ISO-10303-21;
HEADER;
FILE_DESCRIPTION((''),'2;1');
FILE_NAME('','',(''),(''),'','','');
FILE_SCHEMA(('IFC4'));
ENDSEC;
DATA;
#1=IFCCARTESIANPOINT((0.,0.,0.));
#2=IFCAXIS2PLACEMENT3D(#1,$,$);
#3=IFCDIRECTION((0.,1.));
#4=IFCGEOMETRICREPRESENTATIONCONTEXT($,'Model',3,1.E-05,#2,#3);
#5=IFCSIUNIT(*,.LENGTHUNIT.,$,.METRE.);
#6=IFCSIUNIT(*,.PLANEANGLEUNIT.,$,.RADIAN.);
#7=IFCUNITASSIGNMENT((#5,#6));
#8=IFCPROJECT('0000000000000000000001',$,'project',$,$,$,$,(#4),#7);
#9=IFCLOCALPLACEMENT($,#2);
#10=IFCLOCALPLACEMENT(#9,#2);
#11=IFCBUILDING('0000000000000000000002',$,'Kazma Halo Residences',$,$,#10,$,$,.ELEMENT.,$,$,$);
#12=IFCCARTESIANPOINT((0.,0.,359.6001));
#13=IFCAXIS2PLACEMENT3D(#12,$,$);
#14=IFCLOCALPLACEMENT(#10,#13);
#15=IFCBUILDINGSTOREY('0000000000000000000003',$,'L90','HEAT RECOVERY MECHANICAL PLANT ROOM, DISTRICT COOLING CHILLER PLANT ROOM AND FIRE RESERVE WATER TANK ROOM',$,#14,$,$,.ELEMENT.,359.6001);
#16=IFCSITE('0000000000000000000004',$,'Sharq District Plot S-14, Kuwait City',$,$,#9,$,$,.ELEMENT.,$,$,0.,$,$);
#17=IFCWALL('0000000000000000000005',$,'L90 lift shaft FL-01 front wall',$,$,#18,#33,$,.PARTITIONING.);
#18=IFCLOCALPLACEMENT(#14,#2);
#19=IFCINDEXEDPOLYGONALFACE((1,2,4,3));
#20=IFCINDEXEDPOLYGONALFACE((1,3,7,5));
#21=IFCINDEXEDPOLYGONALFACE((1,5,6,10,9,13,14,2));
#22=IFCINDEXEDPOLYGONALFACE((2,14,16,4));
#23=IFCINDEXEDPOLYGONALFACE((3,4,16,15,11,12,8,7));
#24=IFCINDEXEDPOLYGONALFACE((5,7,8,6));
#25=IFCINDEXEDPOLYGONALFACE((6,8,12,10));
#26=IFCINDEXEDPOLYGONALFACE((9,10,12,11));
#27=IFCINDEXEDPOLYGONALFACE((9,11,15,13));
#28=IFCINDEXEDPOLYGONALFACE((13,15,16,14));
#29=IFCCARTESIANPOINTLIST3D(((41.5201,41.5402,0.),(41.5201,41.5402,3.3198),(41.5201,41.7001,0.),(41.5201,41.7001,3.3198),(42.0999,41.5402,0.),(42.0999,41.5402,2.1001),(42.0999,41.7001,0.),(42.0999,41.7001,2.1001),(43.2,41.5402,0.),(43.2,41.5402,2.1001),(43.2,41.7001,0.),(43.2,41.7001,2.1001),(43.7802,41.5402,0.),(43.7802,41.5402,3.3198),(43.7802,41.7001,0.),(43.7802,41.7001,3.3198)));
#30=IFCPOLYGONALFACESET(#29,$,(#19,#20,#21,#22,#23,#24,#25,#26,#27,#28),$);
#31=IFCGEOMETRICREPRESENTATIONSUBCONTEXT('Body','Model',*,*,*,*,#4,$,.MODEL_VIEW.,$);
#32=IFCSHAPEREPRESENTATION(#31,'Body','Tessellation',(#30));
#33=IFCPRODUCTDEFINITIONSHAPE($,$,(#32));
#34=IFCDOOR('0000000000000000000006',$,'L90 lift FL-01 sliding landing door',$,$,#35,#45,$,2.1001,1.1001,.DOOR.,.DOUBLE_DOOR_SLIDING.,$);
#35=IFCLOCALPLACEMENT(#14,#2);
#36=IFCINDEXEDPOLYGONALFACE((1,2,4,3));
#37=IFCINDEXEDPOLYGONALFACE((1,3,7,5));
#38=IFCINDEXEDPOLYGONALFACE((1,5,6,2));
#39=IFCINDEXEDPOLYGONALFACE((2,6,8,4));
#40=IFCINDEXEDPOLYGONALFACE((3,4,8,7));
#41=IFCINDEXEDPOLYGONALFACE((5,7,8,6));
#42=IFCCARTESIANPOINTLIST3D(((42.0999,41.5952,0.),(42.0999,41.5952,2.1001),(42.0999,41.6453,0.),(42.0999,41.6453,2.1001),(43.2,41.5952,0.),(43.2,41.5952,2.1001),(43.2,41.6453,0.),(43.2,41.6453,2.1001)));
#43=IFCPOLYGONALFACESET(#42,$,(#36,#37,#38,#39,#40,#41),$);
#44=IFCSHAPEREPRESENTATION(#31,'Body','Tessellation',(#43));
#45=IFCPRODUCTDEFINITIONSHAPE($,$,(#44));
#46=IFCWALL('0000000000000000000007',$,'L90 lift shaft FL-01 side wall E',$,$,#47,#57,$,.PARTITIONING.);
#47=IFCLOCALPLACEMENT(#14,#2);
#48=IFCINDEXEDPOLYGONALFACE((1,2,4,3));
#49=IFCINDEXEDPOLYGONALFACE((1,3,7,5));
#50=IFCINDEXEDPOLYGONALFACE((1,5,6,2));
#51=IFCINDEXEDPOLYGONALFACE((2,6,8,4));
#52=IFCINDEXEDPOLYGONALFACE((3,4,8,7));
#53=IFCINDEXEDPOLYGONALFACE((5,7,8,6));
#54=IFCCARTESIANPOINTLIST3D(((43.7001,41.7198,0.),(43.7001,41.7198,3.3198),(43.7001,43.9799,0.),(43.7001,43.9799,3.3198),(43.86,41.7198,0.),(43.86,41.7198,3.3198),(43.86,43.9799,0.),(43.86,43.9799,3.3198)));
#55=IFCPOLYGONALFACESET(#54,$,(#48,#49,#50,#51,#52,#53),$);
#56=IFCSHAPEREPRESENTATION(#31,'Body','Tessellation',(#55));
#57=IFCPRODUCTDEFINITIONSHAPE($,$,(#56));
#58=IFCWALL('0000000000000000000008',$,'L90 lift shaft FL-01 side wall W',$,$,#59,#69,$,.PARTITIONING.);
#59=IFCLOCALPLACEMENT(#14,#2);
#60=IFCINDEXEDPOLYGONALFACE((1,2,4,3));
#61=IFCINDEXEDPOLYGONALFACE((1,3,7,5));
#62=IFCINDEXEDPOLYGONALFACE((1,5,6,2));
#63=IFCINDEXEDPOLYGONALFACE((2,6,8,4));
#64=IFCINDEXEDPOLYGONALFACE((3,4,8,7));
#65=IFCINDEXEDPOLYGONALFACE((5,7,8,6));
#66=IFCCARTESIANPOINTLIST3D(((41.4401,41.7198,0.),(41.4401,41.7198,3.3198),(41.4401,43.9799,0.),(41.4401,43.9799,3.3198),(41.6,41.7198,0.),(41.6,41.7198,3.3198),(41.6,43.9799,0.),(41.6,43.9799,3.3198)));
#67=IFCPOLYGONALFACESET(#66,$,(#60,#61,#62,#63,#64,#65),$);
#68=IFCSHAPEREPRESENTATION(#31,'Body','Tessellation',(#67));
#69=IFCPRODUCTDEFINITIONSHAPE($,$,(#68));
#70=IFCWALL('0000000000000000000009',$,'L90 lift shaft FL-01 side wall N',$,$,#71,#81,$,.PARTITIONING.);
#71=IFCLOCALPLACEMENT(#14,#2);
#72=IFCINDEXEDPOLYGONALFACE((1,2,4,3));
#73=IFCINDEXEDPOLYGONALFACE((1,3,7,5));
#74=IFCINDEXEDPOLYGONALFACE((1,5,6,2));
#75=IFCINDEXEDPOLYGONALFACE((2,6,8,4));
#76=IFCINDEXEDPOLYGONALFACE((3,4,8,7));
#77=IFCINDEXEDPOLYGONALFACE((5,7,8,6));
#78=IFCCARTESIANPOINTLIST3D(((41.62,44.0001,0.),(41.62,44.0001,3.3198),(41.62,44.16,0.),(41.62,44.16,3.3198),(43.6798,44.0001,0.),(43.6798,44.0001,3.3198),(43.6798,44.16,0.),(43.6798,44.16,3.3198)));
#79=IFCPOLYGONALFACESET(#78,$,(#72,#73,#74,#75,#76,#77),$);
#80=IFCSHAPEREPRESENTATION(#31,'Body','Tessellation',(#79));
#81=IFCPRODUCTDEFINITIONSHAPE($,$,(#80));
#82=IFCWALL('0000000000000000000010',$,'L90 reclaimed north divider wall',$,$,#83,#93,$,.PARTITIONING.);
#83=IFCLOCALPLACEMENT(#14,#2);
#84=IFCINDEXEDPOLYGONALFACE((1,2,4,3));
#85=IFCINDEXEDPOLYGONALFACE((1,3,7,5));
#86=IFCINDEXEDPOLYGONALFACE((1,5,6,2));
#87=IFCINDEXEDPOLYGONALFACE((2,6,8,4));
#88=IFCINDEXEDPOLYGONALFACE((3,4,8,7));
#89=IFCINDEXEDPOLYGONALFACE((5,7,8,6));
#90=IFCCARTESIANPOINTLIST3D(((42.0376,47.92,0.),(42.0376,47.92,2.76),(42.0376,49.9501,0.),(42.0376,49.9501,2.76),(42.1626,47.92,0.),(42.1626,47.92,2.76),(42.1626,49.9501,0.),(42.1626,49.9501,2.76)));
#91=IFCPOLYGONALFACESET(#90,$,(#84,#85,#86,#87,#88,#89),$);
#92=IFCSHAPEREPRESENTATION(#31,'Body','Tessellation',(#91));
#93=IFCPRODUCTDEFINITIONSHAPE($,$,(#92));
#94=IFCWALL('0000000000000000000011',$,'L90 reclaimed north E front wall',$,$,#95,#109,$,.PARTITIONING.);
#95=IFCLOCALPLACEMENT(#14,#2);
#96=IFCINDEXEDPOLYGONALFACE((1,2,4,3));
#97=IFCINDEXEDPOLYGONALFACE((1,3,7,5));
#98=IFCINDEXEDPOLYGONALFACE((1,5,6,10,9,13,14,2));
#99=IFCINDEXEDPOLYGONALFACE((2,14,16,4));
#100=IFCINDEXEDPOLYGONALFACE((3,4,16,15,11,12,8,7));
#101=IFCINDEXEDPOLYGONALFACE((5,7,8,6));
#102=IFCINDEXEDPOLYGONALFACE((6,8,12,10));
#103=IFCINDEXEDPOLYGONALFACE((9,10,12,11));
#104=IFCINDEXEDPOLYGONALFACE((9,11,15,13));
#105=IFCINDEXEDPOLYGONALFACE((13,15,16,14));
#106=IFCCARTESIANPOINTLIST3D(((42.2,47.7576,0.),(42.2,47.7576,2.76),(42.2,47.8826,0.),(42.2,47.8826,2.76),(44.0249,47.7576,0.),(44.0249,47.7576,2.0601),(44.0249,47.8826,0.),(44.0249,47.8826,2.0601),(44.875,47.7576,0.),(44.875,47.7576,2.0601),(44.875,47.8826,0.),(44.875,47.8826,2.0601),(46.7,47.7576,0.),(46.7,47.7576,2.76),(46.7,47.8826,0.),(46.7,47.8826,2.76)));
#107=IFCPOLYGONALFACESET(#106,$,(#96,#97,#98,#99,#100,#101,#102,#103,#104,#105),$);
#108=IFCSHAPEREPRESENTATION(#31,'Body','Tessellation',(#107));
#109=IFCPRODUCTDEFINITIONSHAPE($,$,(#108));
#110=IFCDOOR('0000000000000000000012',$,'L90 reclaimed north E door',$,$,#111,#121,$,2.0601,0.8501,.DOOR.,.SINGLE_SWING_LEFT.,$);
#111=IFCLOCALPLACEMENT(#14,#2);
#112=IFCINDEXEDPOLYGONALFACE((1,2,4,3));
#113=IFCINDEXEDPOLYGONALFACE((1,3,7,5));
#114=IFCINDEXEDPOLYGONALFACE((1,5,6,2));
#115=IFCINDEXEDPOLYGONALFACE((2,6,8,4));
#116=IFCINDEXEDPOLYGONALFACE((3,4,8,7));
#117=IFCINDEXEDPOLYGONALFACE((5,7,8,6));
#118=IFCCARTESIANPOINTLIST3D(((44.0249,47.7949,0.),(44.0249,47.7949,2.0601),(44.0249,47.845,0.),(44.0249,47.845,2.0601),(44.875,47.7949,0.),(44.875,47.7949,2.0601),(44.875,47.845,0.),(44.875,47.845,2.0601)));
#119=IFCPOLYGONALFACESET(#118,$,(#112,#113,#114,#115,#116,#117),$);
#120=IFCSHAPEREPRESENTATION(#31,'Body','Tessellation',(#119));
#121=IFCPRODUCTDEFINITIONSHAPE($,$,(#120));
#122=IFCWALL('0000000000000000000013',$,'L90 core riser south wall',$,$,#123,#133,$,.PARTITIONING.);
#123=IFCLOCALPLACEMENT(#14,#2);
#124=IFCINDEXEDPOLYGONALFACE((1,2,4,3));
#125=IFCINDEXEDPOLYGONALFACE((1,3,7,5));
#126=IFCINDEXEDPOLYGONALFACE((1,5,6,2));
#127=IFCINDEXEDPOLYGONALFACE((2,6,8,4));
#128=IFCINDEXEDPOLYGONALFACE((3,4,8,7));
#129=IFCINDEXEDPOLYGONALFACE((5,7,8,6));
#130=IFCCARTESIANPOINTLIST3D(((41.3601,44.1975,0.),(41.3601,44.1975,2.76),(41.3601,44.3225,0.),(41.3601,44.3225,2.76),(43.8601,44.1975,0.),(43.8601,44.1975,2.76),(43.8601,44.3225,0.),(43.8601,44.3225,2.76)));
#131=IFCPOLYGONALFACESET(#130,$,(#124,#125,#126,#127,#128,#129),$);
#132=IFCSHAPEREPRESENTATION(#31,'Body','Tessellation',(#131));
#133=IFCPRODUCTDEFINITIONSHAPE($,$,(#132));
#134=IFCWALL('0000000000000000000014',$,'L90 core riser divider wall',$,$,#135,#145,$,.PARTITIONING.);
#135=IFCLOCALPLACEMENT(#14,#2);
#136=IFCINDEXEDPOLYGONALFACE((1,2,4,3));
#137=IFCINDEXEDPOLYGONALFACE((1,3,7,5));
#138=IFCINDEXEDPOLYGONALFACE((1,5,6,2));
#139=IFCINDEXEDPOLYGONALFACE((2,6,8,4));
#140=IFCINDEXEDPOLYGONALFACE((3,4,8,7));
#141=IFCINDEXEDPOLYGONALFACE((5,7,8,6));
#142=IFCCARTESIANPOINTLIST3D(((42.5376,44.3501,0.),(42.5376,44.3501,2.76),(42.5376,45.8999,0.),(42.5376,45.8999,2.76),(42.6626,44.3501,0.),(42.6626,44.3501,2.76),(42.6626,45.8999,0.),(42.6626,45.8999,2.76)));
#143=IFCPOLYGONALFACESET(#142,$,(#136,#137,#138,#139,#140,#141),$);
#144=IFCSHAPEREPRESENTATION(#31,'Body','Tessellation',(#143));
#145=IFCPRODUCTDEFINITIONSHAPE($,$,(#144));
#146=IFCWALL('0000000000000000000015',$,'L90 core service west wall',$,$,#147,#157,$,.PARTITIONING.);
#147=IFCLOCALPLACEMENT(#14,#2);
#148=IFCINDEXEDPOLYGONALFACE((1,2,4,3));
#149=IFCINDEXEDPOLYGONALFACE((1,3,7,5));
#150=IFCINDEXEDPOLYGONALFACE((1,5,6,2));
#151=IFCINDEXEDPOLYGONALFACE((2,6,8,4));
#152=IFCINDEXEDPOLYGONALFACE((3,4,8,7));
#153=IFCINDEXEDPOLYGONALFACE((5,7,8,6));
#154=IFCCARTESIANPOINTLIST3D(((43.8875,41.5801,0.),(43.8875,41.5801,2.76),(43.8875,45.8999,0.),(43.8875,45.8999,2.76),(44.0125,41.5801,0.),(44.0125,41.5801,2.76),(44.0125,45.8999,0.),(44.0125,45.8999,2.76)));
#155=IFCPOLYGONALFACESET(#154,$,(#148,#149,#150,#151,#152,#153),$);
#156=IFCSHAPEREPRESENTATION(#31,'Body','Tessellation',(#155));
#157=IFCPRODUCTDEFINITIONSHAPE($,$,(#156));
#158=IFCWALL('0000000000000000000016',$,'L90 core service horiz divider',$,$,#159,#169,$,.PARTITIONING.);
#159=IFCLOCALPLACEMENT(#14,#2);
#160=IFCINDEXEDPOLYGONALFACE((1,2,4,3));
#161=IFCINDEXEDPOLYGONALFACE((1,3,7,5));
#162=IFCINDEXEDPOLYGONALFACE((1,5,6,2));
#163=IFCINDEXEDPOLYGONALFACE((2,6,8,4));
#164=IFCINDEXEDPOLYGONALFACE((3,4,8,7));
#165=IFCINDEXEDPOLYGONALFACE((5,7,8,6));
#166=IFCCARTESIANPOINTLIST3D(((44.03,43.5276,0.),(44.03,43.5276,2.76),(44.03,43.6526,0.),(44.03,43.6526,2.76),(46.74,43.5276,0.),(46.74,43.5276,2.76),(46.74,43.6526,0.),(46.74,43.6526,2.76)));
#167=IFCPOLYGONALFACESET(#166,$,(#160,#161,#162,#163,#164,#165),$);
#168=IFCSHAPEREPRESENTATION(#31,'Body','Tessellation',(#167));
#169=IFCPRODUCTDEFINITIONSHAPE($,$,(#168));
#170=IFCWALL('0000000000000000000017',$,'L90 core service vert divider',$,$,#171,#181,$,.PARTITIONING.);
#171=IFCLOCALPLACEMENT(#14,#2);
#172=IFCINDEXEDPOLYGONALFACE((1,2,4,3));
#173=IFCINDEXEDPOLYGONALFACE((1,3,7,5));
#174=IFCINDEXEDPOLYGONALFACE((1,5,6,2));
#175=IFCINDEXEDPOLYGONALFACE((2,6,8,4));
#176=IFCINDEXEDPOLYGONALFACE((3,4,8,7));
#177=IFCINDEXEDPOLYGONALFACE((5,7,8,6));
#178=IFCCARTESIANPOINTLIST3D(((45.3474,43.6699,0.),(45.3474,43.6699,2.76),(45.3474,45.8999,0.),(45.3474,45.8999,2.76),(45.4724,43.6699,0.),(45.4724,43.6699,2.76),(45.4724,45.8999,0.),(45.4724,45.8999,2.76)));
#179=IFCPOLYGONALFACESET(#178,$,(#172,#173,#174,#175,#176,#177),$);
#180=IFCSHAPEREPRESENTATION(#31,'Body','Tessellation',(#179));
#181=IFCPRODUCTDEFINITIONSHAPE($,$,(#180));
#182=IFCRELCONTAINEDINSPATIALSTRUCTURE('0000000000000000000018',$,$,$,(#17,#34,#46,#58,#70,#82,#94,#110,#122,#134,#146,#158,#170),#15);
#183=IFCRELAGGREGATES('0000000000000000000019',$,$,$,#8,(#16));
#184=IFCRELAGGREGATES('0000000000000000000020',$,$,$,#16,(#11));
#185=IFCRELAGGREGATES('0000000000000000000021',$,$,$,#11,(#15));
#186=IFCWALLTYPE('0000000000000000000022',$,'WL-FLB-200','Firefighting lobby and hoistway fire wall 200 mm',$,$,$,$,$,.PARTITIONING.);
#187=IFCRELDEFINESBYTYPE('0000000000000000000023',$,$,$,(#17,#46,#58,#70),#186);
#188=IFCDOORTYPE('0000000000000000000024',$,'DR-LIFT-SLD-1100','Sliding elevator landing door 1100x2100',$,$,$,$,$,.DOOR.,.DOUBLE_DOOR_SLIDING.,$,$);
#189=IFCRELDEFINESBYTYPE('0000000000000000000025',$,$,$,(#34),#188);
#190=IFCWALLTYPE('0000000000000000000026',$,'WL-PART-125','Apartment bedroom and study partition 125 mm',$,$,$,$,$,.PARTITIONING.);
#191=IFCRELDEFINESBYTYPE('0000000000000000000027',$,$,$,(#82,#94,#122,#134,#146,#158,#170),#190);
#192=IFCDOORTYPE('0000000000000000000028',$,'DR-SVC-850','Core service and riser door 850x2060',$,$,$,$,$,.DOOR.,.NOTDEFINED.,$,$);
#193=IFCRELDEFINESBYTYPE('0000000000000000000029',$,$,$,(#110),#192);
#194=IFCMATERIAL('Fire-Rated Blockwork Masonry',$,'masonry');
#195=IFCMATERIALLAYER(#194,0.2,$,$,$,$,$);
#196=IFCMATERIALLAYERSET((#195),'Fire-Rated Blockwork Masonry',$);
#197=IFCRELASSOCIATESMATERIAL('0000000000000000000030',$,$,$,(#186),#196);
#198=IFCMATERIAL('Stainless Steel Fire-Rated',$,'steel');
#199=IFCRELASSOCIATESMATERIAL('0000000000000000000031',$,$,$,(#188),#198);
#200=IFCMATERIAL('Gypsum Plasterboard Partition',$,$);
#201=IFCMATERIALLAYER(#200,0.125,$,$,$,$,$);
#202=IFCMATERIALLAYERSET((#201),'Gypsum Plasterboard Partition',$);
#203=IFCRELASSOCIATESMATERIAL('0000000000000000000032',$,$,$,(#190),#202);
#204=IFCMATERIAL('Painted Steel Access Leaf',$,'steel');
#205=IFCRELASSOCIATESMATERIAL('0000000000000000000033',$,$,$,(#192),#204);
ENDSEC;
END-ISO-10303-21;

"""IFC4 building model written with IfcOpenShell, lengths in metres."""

from ifc_helpers import new_model, si_unit, direction, frame, frame_2d, origin, place, context, subcontext, project, spatial, rectangle, extrude, material, layer, layer_set, type_object, element, fill, save


model = new_model("IFC4")

# Units and contexts
model_context = context("Model", 3, precision=1e-05, world=origin(), true_north=direction((0.0, 1.0)))
body_context = subcontext(model_context, "Body", "Model", "MODEL_VIEW")
ifc_project = project(units=[si_unit("LENGTHUNIT", "METRE"), si_unit("PLANEANGLEUNIT", "RADIAN")], contexts=[model_context])

# Site, building, storey
site_placement = place(None, origin())
site = spatial("IfcSite", under=ifc_project, at=site_placement, Name="Sharq District Plot S-14, Kuwait City", CompositionType="ELEMENT", RefElevation=0.0)
building_placement = place(site_placement, origin())
building = spatial("IfcBuilding", under=site, at=building_placement, Name="Kazma Halo Residences", CompositionType="ELEMENT")
storey_placement = place(building_placement, frame((0.0, 0.0, 359.6001)))
storey = spatial("IfcBuildingStorey", under=building, at=storey_placement, Name="L90", Description="HEAT RECOVERY MECHANICAL PLANT ROOM, DISTRICT COOLING CHILLER PLANT ROOM AND FIRE RESERVE WATER TANK ROOM", CompositionType="ELEMENT", Elevation=359.6001)

# Wall, opening, door
ifc_material_1 = material(Name="Fire-Rated Blockwork Masonry", Category="masonry")
ifc_layer_1 = layer(ifc_material_1, 0.2)
ifc_layer_set_1 = layer_set([ifc_layer_1], Name="Fire-Rated Blockwork Masonry")
wall_type_1 = type_object("IfcWallType", Name="WL-FLB-200", Description="Firefighting lobby and hoistway fire wall 200 mm", PredefinedType="PARTITIONING", material=ifc_layer_set_1)
wall_1_placement = place(storey_placement, frame((43.78, 41.6201, 0.0), z_axis=(0.0, 0.0, 1.0), x_axis=(-1.0, 0.0, 0.0)))
wall_1 = element("IfcWall", 1, at=wall_1_placement, inside=storey, type_object=wall_type_1, Name="L90 lift shaft FL-01 front wall", PredefinedType="PARTITIONING", context=body_context, shape_type="SweptSolid", body=[
    extrude(rectangle(XDim=2.26, YDim=0.1599, at=frame_2d((1.1299, 0.0))), origin(), (0.0, 0.0, 1.0), 3.3198),
])
opening_1_placement = place(wall_1_placement, frame((0.5801, 0.0, 0.0)))
opening_1 = element("IfcOpeningElement", 2, at=opening_1_placement, cuts=wall_1, PredefinedType="OPENING", context=body_context, shape_type="SweptSolid", body=[
    extrude(rectangle(XDim=1.1001, YDim=2.1001, at=frame_2d((0.55, 1.05))), frame((0.0, 0.0898, 0.0), z_axis=(0.0, -1.0, 0.0), x_axis=(1.0, 0.0, 0.0)), (0.0, 0.0, 1.0), 0.1799),
])
ifc_material_2 = material(Name="Stainless Steel Fire-Rated", Category="steel")
door_type_1 = type_object("IfcDoorType", Name="DR-LIFT-SLD-1100", Description="Sliding elevator landing door 1100x2100", OperationType="DOUBLE_DOOR_SLIDING", PredefinedType="DOOR", material=ifc_material_2)
door_1_placement = place(opening_1_placement, origin())
door_1 = element("IfcDoor", 3, at=door_1_placement, inside=storey, type_object=door_type_1, Name="L90 lift FL-01 sliding landing door", OperationType="DOUBLE_DOOR_SLIDING", OverallHeight=2.1001, OverallWidth=1.1001, PredefinedType="DOOR", context=body_context, shape_type="SweptSolid", body=[
    extrude(rectangle(XDim=1.1001, YDim=2.1001, at=frame_2d((0.55, 1.05))), frame((0.0, 0.0249, 0.0), z_axis=(0.0, -1.0, 0.0), x_axis=(1.0, 0.0, 0.0)), (0.0, 0.0, 1.0), 0.05),
])
fill(opening_1, door_1)

# Walls
for number, where, z_axis, x_axis, name in (
    (4, (43.78, 41.72, 0.0), (0.0, 0.0, 1.0), (0.0, 1.0, 0.0), "L90 lift shaft FL-01 side wall E"),
    (5, (41.52, 41.72, 0.0), (0.0, 0.0, 1.0), (0.0, 1.0, 0.0), "L90 lift shaft FL-01 side wall W"),
):
    element("IfcWall", number, at=place(storey_placement, frame(where, z_axis=z_axis, x_axis=x_axis)), inside=storey, type_object=wall_type_1, Name=name, PredefinedType="PARTITIONING", context=body_context, shape_type="SweptSolid", body=[
        extrude(rectangle(XDim=2.26, YDim=0.1599, at=frame_2d((1.1299, 0.0))), origin(), (0.0, 0.0, 1.0), 3.3198),
    ])
wall_2_placement = place(storey_placement, frame((41.6201, 44.0801, 0.0), z_axis=(0.0, 0.0, 1.0), x_axis=(1.0, 0.0, 0.0)))
element("IfcWall", 6, at=wall_2_placement, inside=storey, type_object=wall_type_1, Name="L90 lift shaft FL-01 side wall N", PredefinedType="PARTITIONING", context=body_context, shape_type="SweptSolid", body=[
    extrude(rectangle(XDim=2.0598, YDim=0.1599, at=frame_2d((1.0298, 0.0))), origin(), (0.0, 0.0, 1.0), 3.3198),
])
ifc_material_3 = material(Name="Gypsum Plasterboard Partition")
ifc_layer_2 = layer(ifc_material_3, 0.125)
ifc_layer_set_2 = layer_set([ifc_layer_2], Name="Gypsum Plasterboard Partition")
wall_type_2 = type_object("IfcWallType", Name="WL-PART-125", Description="Apartment bedroom and study partition 125 mm", PredefinedType="PARTITIONING", material=ifc_layer_set_2)
wall_3_placement = place(storey_placement, frame((42.1001, 47.9199, 0.0), z_axis=(0.0, 0.0, 1.0), x_axis=(0.0, 1.0, 0.0)))
element("IfcWall", 7, at=wall_3_placement, inside=storey, type_object=wall_type_2, Name="L90 reclaimed north divider wall", PredefinedType="PARTITIONING", context=body_context, shape_type="SweptSolid", body=[
    extrude(rectangle(XDim=2.03, YDim=0.125, at=frame_2d((1.0151, 0.0))), origin(), (0.0, 0.0, 1.0), 2.76),
])

# Wall, opening, door
wall_4_placement = place(storey_placement, frame((42.2, 47.8201, 0.0), z_axis=(0.0, 0.0, 1.0), x_axis=(1.0, 0.0, 0.0)))
wall_4 = element("IfcWall", 8, at=wall_4_placement, inside=storey, type_object=wall_type_2, Name="L90 reclaimed north E front wall", PredefinedType="PARTITIONING", context=body_context, shape_type="SweptSolid", body=[
    extrude(rectangle(XDim=4.5, YDim=0.125, at=frame_2d((2.25, 0.0))), origin(), (0.0, 0.0, 1.0), 2.76),
])
opening_2_placement = place(wall_4_placement, frame((1.825, 0.0, 0.0)))
opening_2 = element("IfcOpeningElement", 9, at=opening_2_placement, cuts=wall_4, PredefinedType="OPENING", context=body_context, shape_type="SweptSolid", body=[
    extrude(rectangle(XDim=0.8501, YDim=2.0601, at=frame_2d((0.425, 1.03))), frame((0.0, 0.0725, 0.0), z_axis=(0.0, -1.0, 0.0), x_axis=(1.0, 0.0, 0.0)), (0.0, 0.0, 1.0), 0.145),
])
ifc_material_4 = material(Name="Painted Steel Access Leaf", Category="steel")
door_type_2 = type_object("IfcDoorType", Name="DR-SVC-850", Description="Core service and riser door 850x2060", OperationType="NOTDEFINED", PredefinedType="DOOR", material=ifc_material_4)
door_2_placement = place(opening_2_placement, origin())
door_2 = element("IfcDoor", 10, at=door_2_placement, inside=storey, type_object=door_type_2, Name="L90 reclaimed north E door", OperationType="SINGLE_SWING_LEFT", OverallHeight=2.0601, OverallWidth=0.8501, PredefinedType="DOOR", context=body_context, shape_type="SweptSolid", body=[
    extrude(rectangle(XDim=0.8501, YDim=2.0601, at=frame_2d((0.425, 1.03))), frame((0.0, 0.0249, 0.0), z_axis=(0.0, -1.0, 0.0), x_axis=(1.0, 0.0, 0.0)), (0.0, 0.0, 1.0), 0.05),
])
fill(opening_2, door_2)

# Walls
wall_5_placement = place(storey_placement, frame((41.3601, 44.26, 0.0), z_axis=(0.0, 0.0, 1.0), x_axis=(1.0, 0.0, 0.0)))
element("IfcWall", 11, at=wall_5_placement, inside=storey, type_object=wall_type_2, Name="L90 core riser south wall", PredefinedType="PARTITIONING", context=body_context, shape_type="SweptSolid", body=[
    extrude(rectangle(XDim=2.5, YDim=0.125, at=frame_2d((1.25, 0.0))), origin(), (0.0, 0.0, 1.0), 2.76),
])
wall_6_placement = place(storey_placement, frame((42.6001, 44.3501, 0.0), z_axis=(0.0, 0.0, 1.0), x_axis=(0.0, 1.0, 0.0)))
element("IfcWall", 12, at=wall_6_placement, inside=storey, type_object=wall_type_2, Name="L90 core riser divider wall", PredefinedType="PARTITIONING", context=body_context, shape_type="SweptSolid", body=[
    extrude(rectangle(XDim=1.5498, YDim=0.125, at=frame_2d((0.7749, 0.0))), origin(), (0.0, 0.0, 1.0), 2.76),
])
wall_7_placement = place(storey_placement, frame((43.95, 41.5801, 0.0), z_axis=(0.0, 0.0, 1.0), x_axis=(0.0, 1.0, 0.0)))
element("IfcWall", 13, at=wall_7_placement, inside=storey, type_object=wall_type_2, Name="L90 core service west wall", PredefinedType="PARTITIONING", context=body_context, shape_type="SweptSolid", body=[
    extrude(rectangle(XDim=4.3198, YDim=0.125, at=frame_2d((2.1599, 0.0))), origin(), (0.0, 0.0, 1.0), 2.76),
])
wall_8_placement = place(storey_placement, frame((44.03, 43.5901, 0.0), z_axis=(0.0, 0.0, 1.0), x_axis=(1.0, 0.0, 0.0)))
element("IfcWall", 14, at=wall_8_placement, inside=storey, type_object=wall_type_2, Name="L90 core service horiz divider", PredefinedType="PARTITIONING", context=body_context, shape_type="SweptSolid", body=[
    extrude(rectangle(XDim=2.71, YDim=0.125, at=frame_2d((1.355, 0.0))), origin(), (0.0, 0.0, 1.0), 2.76),
])
wall_9_placement = place(storey_placement, frame((45.4099, 43.6699, 0.0), z_axis=(0.0, 0.0, 1.0), x_axis=(0.0, 1.0, 0.0)))
element("IfcWall", 15, at=wall_9_placement, inside=storey, type_object=wall_type_2, Name="L90 core service vert divider", PredefinedType="PARTITIONING", context=body_context, shape_type="SweptSolid", body=[
    extrude(rectangle(XDim=2.23, YDim=0.125, at=frame_2d((1.115, 0.0))), origin(), (0.0, 0.0, 1.0), 2.76),
])

save(model, "model.ifc")
